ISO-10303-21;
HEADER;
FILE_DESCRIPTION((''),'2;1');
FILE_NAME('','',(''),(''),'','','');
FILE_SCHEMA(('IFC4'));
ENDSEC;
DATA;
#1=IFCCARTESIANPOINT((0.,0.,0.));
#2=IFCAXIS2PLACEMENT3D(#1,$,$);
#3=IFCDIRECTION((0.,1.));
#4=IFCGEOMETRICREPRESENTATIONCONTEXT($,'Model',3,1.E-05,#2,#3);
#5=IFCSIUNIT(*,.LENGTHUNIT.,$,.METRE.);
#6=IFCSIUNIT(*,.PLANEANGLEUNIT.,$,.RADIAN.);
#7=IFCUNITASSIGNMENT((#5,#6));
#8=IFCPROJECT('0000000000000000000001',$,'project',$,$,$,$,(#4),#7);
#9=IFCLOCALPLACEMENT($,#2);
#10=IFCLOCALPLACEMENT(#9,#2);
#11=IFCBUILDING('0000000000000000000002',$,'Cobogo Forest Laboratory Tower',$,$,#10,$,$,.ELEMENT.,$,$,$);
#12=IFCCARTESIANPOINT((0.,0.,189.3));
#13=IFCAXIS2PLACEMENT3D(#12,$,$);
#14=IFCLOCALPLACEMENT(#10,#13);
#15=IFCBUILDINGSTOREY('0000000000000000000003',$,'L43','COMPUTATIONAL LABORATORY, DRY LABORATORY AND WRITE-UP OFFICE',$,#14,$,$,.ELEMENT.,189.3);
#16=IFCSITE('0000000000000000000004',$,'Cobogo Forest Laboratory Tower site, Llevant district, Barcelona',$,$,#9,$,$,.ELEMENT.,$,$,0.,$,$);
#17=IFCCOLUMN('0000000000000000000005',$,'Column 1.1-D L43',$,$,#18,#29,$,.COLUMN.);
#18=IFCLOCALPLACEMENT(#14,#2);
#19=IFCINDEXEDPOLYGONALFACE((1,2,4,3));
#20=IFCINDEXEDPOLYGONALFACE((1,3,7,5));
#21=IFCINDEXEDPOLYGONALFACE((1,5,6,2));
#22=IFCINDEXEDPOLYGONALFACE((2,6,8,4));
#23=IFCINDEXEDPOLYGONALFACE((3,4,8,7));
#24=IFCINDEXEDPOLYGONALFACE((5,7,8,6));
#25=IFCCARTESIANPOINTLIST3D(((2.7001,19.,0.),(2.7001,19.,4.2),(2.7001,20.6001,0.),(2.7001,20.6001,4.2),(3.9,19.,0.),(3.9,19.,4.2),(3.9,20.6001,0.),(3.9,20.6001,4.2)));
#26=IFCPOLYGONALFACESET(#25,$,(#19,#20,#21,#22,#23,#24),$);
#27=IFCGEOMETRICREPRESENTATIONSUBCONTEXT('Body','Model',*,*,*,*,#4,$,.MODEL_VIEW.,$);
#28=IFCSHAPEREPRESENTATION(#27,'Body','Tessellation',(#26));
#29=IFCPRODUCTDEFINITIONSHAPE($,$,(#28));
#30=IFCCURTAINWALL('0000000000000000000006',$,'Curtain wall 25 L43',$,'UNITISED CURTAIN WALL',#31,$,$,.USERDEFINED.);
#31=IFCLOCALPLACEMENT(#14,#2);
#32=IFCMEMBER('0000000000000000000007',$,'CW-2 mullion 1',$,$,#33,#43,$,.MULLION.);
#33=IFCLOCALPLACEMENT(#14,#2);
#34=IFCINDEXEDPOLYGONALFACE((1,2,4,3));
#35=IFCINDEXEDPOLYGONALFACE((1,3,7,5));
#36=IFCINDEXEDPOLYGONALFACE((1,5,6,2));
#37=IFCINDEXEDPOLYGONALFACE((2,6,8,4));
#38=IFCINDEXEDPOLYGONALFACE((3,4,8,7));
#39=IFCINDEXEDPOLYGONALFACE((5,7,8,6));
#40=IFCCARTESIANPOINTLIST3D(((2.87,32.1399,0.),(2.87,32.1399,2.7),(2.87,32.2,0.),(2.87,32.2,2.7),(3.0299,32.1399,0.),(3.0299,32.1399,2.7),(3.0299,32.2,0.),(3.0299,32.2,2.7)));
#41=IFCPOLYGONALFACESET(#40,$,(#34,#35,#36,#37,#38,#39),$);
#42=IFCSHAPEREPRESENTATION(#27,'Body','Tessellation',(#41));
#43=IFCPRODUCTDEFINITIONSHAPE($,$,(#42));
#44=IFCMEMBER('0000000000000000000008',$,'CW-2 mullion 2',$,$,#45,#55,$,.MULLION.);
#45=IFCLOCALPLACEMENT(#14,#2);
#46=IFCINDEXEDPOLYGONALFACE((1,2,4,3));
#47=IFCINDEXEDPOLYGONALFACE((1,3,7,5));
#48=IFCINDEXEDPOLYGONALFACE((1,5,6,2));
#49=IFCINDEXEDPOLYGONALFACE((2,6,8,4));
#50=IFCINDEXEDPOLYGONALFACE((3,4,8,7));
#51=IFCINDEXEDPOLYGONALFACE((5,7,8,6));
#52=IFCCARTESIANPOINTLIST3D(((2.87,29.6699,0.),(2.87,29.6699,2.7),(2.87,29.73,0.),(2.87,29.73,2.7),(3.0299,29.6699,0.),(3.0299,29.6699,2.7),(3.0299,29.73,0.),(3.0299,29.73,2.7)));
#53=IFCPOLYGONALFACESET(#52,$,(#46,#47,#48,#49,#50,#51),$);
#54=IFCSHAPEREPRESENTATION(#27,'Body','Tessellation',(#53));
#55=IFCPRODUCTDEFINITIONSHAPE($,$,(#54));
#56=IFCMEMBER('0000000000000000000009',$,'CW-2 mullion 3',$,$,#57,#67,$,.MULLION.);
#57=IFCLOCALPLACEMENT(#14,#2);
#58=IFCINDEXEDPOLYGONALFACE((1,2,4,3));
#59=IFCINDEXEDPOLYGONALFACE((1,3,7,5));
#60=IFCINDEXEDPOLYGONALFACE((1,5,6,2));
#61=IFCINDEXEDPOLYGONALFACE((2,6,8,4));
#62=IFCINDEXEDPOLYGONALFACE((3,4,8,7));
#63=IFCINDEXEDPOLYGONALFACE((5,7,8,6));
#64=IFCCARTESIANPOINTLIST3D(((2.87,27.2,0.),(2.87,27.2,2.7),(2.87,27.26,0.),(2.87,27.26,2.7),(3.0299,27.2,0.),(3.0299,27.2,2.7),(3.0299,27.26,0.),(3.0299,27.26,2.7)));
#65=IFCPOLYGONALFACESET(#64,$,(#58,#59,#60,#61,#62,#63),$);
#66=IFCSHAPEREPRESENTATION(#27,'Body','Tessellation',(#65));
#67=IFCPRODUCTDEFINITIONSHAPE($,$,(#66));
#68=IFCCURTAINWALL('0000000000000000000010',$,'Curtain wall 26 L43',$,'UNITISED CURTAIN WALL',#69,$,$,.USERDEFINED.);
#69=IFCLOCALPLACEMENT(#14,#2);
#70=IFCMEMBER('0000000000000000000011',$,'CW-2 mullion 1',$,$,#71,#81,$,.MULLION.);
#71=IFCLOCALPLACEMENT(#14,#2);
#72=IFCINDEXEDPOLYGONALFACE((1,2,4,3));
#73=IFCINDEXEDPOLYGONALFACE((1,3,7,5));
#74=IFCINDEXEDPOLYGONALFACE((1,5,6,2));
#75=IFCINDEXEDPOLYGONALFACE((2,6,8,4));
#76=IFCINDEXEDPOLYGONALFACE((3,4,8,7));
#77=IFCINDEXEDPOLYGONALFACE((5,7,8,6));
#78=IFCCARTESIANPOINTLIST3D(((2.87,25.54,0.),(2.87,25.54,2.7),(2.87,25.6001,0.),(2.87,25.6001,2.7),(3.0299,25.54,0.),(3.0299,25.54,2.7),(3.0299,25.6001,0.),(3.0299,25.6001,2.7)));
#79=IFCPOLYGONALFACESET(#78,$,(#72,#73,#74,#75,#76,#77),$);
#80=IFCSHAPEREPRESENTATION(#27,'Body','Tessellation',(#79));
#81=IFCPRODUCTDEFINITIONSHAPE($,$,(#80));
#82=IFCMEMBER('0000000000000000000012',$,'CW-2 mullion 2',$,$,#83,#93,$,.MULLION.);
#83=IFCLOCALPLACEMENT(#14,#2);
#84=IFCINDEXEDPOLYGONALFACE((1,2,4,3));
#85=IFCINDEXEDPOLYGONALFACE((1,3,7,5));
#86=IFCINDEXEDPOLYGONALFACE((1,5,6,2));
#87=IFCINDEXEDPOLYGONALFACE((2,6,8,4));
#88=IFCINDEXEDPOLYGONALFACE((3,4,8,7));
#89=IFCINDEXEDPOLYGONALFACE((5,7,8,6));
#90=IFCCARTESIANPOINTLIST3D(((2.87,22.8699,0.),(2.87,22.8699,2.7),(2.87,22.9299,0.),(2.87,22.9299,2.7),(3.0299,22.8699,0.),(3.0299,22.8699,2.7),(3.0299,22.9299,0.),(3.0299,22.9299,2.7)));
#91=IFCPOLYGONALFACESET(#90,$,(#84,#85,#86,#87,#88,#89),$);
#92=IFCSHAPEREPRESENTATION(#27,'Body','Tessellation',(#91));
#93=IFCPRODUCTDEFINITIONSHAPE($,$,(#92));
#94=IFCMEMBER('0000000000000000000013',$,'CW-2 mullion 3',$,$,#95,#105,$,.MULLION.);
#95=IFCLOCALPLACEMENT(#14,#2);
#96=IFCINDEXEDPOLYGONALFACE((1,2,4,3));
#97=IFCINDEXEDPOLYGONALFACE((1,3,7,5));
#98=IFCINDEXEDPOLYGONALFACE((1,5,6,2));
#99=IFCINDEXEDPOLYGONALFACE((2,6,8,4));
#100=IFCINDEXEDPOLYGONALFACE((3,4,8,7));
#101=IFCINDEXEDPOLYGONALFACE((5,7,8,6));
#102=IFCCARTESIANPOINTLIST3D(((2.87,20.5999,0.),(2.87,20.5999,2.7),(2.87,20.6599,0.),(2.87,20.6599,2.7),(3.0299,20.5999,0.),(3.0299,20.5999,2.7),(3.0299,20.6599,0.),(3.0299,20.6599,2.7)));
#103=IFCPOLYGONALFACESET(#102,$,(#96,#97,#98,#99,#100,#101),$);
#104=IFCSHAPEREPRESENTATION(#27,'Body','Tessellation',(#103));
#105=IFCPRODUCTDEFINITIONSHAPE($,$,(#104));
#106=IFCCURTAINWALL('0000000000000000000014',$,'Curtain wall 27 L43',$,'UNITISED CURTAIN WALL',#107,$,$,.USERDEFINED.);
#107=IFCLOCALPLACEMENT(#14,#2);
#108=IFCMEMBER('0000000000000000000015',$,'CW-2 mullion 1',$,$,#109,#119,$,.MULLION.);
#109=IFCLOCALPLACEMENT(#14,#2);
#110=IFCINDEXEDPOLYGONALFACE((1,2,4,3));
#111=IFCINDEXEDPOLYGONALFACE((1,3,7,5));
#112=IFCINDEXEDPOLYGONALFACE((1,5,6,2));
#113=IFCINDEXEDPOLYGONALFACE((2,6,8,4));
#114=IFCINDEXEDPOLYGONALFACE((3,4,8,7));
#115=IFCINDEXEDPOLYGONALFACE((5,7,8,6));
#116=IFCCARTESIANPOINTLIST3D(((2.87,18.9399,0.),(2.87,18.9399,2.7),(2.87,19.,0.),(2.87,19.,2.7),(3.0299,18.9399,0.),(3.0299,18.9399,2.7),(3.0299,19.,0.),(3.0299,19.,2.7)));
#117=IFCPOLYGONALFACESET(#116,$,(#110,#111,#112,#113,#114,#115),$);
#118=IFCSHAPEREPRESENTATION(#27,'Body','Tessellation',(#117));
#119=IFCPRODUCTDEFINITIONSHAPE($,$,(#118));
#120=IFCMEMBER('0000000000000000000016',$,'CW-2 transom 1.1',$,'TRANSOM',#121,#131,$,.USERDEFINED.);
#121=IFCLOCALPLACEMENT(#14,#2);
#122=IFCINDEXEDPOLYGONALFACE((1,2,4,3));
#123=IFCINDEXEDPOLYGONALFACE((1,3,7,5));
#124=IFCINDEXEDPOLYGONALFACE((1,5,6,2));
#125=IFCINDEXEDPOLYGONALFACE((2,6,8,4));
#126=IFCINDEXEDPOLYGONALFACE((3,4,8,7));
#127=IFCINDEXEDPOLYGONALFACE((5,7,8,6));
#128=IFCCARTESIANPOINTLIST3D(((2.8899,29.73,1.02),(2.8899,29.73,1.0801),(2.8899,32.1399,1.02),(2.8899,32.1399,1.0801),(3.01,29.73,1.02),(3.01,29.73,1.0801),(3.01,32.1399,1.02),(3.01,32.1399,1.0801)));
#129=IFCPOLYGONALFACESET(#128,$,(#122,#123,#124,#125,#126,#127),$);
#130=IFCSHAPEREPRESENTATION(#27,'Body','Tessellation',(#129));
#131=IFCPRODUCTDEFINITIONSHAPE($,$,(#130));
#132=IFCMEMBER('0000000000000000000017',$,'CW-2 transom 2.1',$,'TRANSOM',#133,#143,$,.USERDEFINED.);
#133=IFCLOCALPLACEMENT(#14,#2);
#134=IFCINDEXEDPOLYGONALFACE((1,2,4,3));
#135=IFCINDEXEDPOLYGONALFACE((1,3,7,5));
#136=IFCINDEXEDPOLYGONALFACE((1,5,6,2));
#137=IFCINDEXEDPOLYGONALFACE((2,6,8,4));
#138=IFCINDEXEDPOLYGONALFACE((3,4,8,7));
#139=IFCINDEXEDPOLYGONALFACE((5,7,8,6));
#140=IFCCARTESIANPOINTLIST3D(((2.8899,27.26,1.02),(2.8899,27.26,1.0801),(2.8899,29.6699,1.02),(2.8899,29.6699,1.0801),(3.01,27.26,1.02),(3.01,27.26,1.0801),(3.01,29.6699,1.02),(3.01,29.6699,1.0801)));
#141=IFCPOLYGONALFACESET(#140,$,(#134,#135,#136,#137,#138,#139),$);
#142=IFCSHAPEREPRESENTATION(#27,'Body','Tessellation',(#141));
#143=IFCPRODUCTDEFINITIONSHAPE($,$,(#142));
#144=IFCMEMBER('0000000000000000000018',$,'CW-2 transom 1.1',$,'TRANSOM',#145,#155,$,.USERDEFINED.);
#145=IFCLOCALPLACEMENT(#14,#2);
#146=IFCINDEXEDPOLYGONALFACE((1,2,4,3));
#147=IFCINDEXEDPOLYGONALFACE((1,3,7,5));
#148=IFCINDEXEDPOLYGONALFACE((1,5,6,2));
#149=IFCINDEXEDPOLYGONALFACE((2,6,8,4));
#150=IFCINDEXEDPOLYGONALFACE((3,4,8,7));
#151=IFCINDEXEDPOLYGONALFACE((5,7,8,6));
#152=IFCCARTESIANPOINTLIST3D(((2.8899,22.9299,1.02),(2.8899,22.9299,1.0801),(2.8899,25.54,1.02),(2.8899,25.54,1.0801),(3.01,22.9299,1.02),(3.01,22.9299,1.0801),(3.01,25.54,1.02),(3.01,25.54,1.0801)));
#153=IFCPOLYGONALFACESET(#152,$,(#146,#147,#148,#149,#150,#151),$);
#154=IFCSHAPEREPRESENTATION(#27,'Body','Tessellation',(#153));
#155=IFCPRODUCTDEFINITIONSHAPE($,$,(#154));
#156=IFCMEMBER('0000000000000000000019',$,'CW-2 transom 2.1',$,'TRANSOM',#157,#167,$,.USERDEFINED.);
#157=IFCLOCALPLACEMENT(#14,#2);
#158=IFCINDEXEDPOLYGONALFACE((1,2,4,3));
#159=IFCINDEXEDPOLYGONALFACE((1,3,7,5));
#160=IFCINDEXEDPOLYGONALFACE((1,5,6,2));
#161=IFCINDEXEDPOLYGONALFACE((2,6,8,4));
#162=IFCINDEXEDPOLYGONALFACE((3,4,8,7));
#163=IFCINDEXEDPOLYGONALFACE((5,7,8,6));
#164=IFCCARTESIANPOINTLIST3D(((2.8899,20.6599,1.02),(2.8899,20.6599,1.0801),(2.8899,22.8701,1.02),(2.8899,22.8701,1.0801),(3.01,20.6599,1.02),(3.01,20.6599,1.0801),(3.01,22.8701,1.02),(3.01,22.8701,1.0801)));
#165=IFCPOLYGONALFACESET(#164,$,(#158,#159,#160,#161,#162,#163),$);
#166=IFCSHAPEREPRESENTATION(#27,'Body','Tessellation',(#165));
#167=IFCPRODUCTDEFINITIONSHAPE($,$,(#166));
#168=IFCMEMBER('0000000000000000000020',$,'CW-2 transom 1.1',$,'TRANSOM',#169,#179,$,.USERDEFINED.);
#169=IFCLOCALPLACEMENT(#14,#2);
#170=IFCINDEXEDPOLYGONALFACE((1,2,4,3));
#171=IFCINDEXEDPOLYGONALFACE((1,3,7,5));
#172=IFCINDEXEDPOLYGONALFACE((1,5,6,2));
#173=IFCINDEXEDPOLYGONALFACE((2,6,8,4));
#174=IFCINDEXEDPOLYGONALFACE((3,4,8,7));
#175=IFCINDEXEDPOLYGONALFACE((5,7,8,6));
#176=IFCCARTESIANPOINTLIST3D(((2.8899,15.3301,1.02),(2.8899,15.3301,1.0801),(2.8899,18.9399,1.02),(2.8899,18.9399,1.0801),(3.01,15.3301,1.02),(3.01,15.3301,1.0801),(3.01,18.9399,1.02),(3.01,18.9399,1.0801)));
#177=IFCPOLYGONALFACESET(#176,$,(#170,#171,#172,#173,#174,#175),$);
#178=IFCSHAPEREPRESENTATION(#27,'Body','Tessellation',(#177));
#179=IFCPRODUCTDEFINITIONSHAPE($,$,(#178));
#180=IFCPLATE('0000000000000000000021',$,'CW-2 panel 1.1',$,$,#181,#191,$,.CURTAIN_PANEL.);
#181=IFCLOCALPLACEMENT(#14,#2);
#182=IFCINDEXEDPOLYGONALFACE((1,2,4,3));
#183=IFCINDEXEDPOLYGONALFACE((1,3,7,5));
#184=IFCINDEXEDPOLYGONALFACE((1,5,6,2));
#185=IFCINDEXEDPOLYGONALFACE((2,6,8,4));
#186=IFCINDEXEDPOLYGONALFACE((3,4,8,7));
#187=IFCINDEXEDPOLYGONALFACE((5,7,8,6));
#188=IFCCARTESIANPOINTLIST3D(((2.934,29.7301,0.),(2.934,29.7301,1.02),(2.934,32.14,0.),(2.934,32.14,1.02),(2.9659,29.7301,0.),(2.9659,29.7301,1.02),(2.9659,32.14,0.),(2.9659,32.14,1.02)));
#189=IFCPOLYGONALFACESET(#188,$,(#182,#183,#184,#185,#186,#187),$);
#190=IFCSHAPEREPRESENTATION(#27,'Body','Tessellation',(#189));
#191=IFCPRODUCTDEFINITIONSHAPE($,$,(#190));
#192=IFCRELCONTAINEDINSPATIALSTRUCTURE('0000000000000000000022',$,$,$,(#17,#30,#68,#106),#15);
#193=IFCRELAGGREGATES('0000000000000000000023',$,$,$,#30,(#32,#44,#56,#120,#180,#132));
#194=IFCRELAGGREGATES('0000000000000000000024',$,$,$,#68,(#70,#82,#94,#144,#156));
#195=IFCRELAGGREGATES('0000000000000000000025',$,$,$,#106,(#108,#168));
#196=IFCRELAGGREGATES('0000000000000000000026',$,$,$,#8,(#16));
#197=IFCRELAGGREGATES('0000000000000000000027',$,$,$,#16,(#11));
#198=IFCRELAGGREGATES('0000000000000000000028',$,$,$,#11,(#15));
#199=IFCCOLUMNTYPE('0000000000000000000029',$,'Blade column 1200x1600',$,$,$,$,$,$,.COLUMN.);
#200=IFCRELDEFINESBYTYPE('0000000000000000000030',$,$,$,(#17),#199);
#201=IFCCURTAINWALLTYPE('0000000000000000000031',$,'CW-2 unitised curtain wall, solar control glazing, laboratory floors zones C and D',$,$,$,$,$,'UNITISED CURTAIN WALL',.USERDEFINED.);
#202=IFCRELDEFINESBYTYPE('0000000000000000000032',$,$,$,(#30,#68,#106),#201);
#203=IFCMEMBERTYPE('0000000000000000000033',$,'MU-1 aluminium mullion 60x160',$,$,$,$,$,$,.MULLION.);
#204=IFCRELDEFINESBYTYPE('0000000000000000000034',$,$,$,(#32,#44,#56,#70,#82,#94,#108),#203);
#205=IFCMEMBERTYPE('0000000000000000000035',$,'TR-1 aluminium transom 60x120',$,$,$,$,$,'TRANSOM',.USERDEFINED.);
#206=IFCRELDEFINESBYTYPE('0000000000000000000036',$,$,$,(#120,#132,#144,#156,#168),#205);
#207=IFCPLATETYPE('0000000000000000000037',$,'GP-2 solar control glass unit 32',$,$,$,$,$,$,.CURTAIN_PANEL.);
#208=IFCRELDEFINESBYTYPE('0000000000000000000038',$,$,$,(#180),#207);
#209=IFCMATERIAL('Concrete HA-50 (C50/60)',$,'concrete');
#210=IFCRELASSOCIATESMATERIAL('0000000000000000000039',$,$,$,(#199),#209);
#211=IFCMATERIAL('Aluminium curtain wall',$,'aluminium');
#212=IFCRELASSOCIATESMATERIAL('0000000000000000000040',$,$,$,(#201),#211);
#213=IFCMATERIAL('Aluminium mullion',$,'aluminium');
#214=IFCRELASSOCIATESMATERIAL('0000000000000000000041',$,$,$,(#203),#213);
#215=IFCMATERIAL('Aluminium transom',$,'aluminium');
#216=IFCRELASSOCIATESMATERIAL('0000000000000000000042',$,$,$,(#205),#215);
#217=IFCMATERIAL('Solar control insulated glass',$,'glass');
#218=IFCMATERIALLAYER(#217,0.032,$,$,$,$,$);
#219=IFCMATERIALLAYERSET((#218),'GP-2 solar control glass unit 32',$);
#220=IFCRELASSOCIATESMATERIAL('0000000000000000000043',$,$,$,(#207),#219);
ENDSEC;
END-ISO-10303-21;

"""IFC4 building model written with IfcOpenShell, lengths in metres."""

from ifc_helpers import new_model, si_unit, direction, frame, origin, origin_2d, place, context, subcontext, project, spatial, rectangle, extrude, material, layer, layer_set, material_profile, profile_set, type_object, element, aggregate, save


model = new_model("IFC4")

# Units and contexts
model_context = context("Model", 3, precision=1e-05, world=origin(), true_north=direction((0.0, 1.0)))
body_context = subcontext(model_context, "Body", "Model", "MODEL_VIEW")
ifc_project = project(units=[si_unit("LENGTHUNIT", "METRE"), si_unit("PLANEANGLEUNIT", "RADIAN")], contexts=[model_context])

# Site, building, storey
site_placement = place(None, origin())
site = spatial("IfcSite", under=ifc_project, at=site_placement, Name="Cobogo Forest Laboratory Tower site, Llevant district, Barcelona", CompositionType="ELEMENT", RefElevation=0.0)
building_placement = place(site_placement, origin())
building = spatial("IfcBuilding", under=site, at=building_placement, Name="Cobogo Forest Laboratory Tower", CompositionType="ELEMENT")
storey_placement = place(building_placement, frame((0.0, 0.0, 189.3)))
storey = spatial("IfcBuildingStorey", under=building, at=storey_placement, Name="L43", Description="COMPUTATIONAL LABORATORY, DRY LABORATORY AND WRITE-UP OFFICE", CompositionType="ELEMENT", Elevation=189.3)

# Column
ifc_material_1 = material(Name="Concrete HA-50 (C50/60)", Category="concrete")
ifc_material_profile_1 = material_profile(ifc_material_1, rectangle(XDim=1.6001, YDim=1.2, at=origin_2d()), Name="RC 1200x1600")
ifc_profile_set_1 = profile_set([ifc_material_profile_1], Name="Concrete HA-50 (C50/60)")
column_type = type_object("IfcColumnType", Name="Blade column 1200x1600", PredefinedType="COLUMN", material=ifc_profile_set_1)
column_placement = place(storey_placement, frame((3.3, 19.8, 0.0), z_axis=(0.0, 0.0, 1.0), x_axis=(0.0, 1.0, 0.0)))
element("IfcColumn", 1, at=column_placement, inside=storey, type_object=column_type, Name="Column 1.1-D L43", PredefinedType="COLUMN", context=body_context, shape_type="SweptSolid", body=[
    extrude(rectangle(XDim=1.6001, YDim=1.2, at=origin_2d()), origin(), (0.0, 0.0, 1.0), 4.2),
])

# Curtain walls, members
ifc_material_2 = material(Name="Aluminium curtain wall", Category="aluminium")
curtain_wall_type = type_object("IfcCurtainWallType", Name="CW-2 unitised curtain wall, solar control glazing, laboratory floors zones C and D", ElementType="UNITISED CURTAIN WALL", PredefinedType="USERDEFINED", material=ifc_material_2)
curtain_wall_1_placement = place(storey_placement, origin())
curtain_wall_1 = element("IfcCurtainWall", 2, at=curtain_wall_1_placement, inside=storey, type_object=curtain_wall_type, Name="Curtain wall 25 L43", ObjectType="UNITISED CURTAIN WALL", PredefinedType="USERDEFINED")
ifc_material_3 = material(Name="Aluminium mullion", Category="aluminium")
ifc_material_profile_2 = material_profile(ifc_material_3, rectangle(XDim=0.0601, YDim=0.1599, at=origin_2d()), Name="AL 60x160")
ifc_profile_set_2 = profile_set([ifc_material_profile_2], Name="Aluminium mullion")
member_type_1 = type_object("IfcMemberType", Name="MU-1 aluminium mullion 60x160", PredefinedType="MULLION", material=ifc_profile_set_2)
member_1_placement = place(storey_placement, frame((2.95, 32.1699, 0.0), z_axis=(0.0, 0.0, 1.0), x_axis=(0.0, -1.0, 0.0)))
member_1 = element("IfcMember", 3, at=member_1_placement, type_object=member_type_1, Name="CW-2 mullion 1", PredefinedType="MULLION", context=body_context, shape_type="SweptSolid", body=[
    extrude(rectangle(XDim=0.0601, YDim=0.1599, at=origin_2d()), origin(), (0.0, 0.0, 1.0), 2.7),
])
member_2_placement = place(storey_placement, frame((2.95, 29.7, 0.0), z_axis=(0.0, 0.0, 1.0), x_axis=(0.0, -1.0, 0.0)))
member_2 = element("IfcMember", 4, at=member_2_placement, type_object=member_type_1, Name="CW-2 mullion 2", PredefinedType="MULLION", context=body_context, shape_type="SweptSolid", body=[
    extrude(rectangle(XDim=0.0601, YDim=0.1599, at=origin_2d()), origin(), (0.0, 0.0, 1.0), 2.7),
])
member_3_placement = place(storey_placement, frame((2.95, 27.23, 0.0), z_axis=(0.0, 0.0, 1.0), x_axis=(0.0, -1.0, 0.0)))
member_3 = element("IfcMember", 5, at=member_3_placement, type_object=member_type_1, Name="CW-2 mullion 3", PredefinedType="MULLION", context=body_context, shape_type="SweptSolid", body=[
    extrude(rectangle(XDim=0.0601, YDim=0.1599, at=origin_2d()), origin(), (0.0, 0.0, 1.0), 2.7),
])
curtain_wall_2_placement = place(storey_placement, origin())
curtain_wall_2 = element("IfcCurtainWall", 6, at=curtain_wall_2_placement, inside=storey, type_object=curtain_wall_type, Name="Curtain wall 26 L43", ObjectType="UNITISED CURTAIN WALL", PredefinedType="USERDEFINED")
member_4_placement = place(storey_placement, frame((2.95, 25.5701, 0.0), z_axis=(0.0, 0.0, 1.0), x_axis=(0.0, -1.0, 0.0)))
member_4 = element("IfcMember", 7, at=member_4_placement, type_object=member_type_1, Name="CW-2 mullion 1", PredefinedType="MULLION", context=body_context, shape_type="SweptSolid", body=[
    extrude(rectangle(XDim=0.0601, YDim=0.1599, at=origin_2d()), origin(), (0.0, 0.0, 1.0), 2.7),
])
member_5_placement = place(storey_placement, frame((2.95, 22.8999, 0.0), z_axis=(0.0, 0.0, 1.0), x_axis=(0.0, -1.0, 0.0)))
member_5 = element("IfcMember", 8, at=member_5_placement, type_object=member_type_1, Name="CW-2 mullion 2", PredefinedType="MULLION", context=body_context, shape_type="SweptSolid", body=[
    extrude(rectangle(XDim=0.0601, YDim=0.1599, at=origin_2d()), origin(), (0.0, 0.0, 1.0), 2.7),
])
member_6_placement = place(storey_placement, frame((2.95, 20.6299, 0.0), z_axis=(0.0, 0.0, 1.0), x_axis=(0.0, -1.0, 0.0)))
member_6 = element("IfcMember", 9, at=member_6_placement, type_object=member_type_1, Name="CW-2 mullion 3", PredefinedType="MULLION", context=body_context, shape_type="SweptSolid", body=[
    extrude(rectangle(XDim=0.0601, YDim=0.1599, at=origin_2d()), origin(), (0.0, 0.0, 1.0), 2.7),
])

# Curtain wall, member
curtain_wall_3_placement = place(storey_placement, origin())
curtain_wall_3 = element("IfcCurtainWall", 10, at=curtain_wall_3_placement, inside=storey, type_object=curtain_wall_type, Name="Curtain wall 27 L43", ObjectType="UNITISED CURTAIN WALL", PredefinedType="USERDEFINED")
member_7_placement = place(storey_placement, frame((2.95, 18.97, 0.0), z_axis=(0.0, 0.0, 1.0), x_axis=(0.0, -1.0, 0.0)))
member_7 = element("IfcMember", 11, at=member_7_placement, type_object=member_type_1, Name="CW-2 mullion 1", PredefinedType="MULLION", context=body_context, shape_type="SweptSolid", body=[
    extrude(rectangle(XDim=0.0601, YDim=0.1599, at=origin_2d()), origin(), (0.0, 0.0, 1.0), 2.7),
])

# Members
ifc_material_4 = material(Name="Aluminium transom", Category="aluminium")
ifc_material_profile_3 = material_profile(ifc_material_4, rectangle(XDim=0.1201, YDim=0.0601, at=origin_2d()), Name="AL 60x120")
ifc_profile_set_3 = profile_set([ifc_material_profile_3], Name="Aluminium transom")
member_type_2 = type_object("IfcMemberType", Name="TR-1 aluminium transom 60x120", ElementType="TRANSOM", PredefinedType="USERDEFINED", material=ifc_profile_set_3)
member_8_placement = place(storey_placement, frame((2.95, 32.1399, 1.05), z_axis=(0.0, -1.0, 0.0), x_axis=(1.0, 0.0, 0.0)))
member_8 = element("IfcMember", 12, at=member_8_placement, type_object=member_type_2, Name="CW-2 transom 1.1", ObjectType="TRANSOM", PredefinedType="USERDEFINED", context=body_context, shape_type="SweptSolid", body=[
    extrude(rectangle(XDim=0.1201, YDim=0.0601, at=origin_2d()), origin(), (0.0, 0.0, 1.0), 2.4099),
])
member_9_placement = place(storey_placement, frame((2.95, 29.6699, 1.05), z_axis=(0.0, -1.0, 0.0), x_axis=(1.0, 0.0, 0.0)))
member_9 = element("IfcMember", 13, at=member_9_placement, type_object=member_type_2, Name="CW-2 transom 2.1", ObjectType="TRANSOM", PredefinedType="USERDEFINED", context=body_context, shape_type="SweptSolid", body=[
    extrude(rectangle(XDim=0.1201, YDim=0.0601, at=origin_2d()), origin(), (0.0, 0.0, 1.0), 2.4099),
])
member_10_placement = place(storey_placement, frame((2.95, 25.54, 1.05), z_axis=(0.0, -1.0, 0.0), x_axis=(1.0, 0.0, 0.0)))
member_10 = element("IfcMember", 14, at=member_10_placement, type_object=member_type_2, Name="CW-2 transom 1.1", ObjectType="TRANSOM", PredefinedType="USERDEFINED", context=body_context, shape_type="SweptSolid", body=[
    extrude(rectangle(XDim=0.1201, YDim=0.0601, at=origin_2d()), origin(), (0.0, 0.0, 1.0), 2.6101),
])
member_11_placement = place(storey_placement, frame((2.95, 22.8701, 1.05), z_axis=(0.0, -1.0, 0.0), x_axis=(1.0, 0.0, 0.0)))
member_11 = element("IfcMember", 15, at=member_11_placement, type_object=member_type_2, Name="CW-2 transom 2.1", ObjectType="TRANSOM", PredefinedType="USERDEFINED", context=body_context, shape_type="SweptSolid", body=[
    extrude(rectangle(XDim=0.1201, YDim=0.0601, at=origin_2d()), origin(), (0.0, 0.0, 1.0), 2.2102),
])
member_12_placement = place(storey_placement, frame((2.95, 18.9399, 1.05), z_axis=(0.0, -1.0, 0.0), x_axis=(1.0, 0.0, 0.0)))
member_12 = element("IfcMember", 16, at=member_12_placement, type_object=member_type_2, Name="CW-2 transom 1.1", ObjectType="TRANSOM", PredefinedType="USERDEFINED", context=body_context, shape_type="SweptSolid", body=[
    extrude(rectangle(XDim=0.1201, YDim=0.0601, at=origin_2d()), origin(), (0.0, 0.0, 1.0), 3.6099),
])

# Plate
ifc_material_5 = material(Name="Solar control insulated glass", Category="glass")
ifc_layer_1 = layer(ifc_material_5, 0.032)
ifc_layer_set_1 = layer_set([ifc_layer_1], Name="GP-2 solar control glass unit 32")
plate_type_1 = type_object("IfcPlateType", Name="GP-2 solar control glass unit 32", PredefinedType="CURTAIN_PANEL", material=ifc_layer_set_1)
plate_1_placement = place(storey_placement, frame((2.95, 30.9351, 0.0), z_axis=(0.0, 0.0, 1.0), x_axis=(0.0, -1.0, 0.0)))
plate_1 = element("IfcPlate", 17, at=plate_1_placement, type_object=plate_type_1, Name="CW-2 panel 1.1", PredefinedType="CURTAIN_PANEL", context=body_context, shape_type="SweptSolid", body=[
    extrude(rectangle(XDim=2.4099, YDim=0.032, at=origin_2d()), origin(), (0.0, 0.0, 1.0), 1.02),
])
aggregate(curtain_wall_1, [member_1, member_2, member_3, member_8, plate_1, member_9])
aggregate(curtain_wall_2, [member_4, member_5, member_6, member_10, member_11])
aggregate(curtain_wall_3, [member_7, member_12])

save(model, "model.ifc")
